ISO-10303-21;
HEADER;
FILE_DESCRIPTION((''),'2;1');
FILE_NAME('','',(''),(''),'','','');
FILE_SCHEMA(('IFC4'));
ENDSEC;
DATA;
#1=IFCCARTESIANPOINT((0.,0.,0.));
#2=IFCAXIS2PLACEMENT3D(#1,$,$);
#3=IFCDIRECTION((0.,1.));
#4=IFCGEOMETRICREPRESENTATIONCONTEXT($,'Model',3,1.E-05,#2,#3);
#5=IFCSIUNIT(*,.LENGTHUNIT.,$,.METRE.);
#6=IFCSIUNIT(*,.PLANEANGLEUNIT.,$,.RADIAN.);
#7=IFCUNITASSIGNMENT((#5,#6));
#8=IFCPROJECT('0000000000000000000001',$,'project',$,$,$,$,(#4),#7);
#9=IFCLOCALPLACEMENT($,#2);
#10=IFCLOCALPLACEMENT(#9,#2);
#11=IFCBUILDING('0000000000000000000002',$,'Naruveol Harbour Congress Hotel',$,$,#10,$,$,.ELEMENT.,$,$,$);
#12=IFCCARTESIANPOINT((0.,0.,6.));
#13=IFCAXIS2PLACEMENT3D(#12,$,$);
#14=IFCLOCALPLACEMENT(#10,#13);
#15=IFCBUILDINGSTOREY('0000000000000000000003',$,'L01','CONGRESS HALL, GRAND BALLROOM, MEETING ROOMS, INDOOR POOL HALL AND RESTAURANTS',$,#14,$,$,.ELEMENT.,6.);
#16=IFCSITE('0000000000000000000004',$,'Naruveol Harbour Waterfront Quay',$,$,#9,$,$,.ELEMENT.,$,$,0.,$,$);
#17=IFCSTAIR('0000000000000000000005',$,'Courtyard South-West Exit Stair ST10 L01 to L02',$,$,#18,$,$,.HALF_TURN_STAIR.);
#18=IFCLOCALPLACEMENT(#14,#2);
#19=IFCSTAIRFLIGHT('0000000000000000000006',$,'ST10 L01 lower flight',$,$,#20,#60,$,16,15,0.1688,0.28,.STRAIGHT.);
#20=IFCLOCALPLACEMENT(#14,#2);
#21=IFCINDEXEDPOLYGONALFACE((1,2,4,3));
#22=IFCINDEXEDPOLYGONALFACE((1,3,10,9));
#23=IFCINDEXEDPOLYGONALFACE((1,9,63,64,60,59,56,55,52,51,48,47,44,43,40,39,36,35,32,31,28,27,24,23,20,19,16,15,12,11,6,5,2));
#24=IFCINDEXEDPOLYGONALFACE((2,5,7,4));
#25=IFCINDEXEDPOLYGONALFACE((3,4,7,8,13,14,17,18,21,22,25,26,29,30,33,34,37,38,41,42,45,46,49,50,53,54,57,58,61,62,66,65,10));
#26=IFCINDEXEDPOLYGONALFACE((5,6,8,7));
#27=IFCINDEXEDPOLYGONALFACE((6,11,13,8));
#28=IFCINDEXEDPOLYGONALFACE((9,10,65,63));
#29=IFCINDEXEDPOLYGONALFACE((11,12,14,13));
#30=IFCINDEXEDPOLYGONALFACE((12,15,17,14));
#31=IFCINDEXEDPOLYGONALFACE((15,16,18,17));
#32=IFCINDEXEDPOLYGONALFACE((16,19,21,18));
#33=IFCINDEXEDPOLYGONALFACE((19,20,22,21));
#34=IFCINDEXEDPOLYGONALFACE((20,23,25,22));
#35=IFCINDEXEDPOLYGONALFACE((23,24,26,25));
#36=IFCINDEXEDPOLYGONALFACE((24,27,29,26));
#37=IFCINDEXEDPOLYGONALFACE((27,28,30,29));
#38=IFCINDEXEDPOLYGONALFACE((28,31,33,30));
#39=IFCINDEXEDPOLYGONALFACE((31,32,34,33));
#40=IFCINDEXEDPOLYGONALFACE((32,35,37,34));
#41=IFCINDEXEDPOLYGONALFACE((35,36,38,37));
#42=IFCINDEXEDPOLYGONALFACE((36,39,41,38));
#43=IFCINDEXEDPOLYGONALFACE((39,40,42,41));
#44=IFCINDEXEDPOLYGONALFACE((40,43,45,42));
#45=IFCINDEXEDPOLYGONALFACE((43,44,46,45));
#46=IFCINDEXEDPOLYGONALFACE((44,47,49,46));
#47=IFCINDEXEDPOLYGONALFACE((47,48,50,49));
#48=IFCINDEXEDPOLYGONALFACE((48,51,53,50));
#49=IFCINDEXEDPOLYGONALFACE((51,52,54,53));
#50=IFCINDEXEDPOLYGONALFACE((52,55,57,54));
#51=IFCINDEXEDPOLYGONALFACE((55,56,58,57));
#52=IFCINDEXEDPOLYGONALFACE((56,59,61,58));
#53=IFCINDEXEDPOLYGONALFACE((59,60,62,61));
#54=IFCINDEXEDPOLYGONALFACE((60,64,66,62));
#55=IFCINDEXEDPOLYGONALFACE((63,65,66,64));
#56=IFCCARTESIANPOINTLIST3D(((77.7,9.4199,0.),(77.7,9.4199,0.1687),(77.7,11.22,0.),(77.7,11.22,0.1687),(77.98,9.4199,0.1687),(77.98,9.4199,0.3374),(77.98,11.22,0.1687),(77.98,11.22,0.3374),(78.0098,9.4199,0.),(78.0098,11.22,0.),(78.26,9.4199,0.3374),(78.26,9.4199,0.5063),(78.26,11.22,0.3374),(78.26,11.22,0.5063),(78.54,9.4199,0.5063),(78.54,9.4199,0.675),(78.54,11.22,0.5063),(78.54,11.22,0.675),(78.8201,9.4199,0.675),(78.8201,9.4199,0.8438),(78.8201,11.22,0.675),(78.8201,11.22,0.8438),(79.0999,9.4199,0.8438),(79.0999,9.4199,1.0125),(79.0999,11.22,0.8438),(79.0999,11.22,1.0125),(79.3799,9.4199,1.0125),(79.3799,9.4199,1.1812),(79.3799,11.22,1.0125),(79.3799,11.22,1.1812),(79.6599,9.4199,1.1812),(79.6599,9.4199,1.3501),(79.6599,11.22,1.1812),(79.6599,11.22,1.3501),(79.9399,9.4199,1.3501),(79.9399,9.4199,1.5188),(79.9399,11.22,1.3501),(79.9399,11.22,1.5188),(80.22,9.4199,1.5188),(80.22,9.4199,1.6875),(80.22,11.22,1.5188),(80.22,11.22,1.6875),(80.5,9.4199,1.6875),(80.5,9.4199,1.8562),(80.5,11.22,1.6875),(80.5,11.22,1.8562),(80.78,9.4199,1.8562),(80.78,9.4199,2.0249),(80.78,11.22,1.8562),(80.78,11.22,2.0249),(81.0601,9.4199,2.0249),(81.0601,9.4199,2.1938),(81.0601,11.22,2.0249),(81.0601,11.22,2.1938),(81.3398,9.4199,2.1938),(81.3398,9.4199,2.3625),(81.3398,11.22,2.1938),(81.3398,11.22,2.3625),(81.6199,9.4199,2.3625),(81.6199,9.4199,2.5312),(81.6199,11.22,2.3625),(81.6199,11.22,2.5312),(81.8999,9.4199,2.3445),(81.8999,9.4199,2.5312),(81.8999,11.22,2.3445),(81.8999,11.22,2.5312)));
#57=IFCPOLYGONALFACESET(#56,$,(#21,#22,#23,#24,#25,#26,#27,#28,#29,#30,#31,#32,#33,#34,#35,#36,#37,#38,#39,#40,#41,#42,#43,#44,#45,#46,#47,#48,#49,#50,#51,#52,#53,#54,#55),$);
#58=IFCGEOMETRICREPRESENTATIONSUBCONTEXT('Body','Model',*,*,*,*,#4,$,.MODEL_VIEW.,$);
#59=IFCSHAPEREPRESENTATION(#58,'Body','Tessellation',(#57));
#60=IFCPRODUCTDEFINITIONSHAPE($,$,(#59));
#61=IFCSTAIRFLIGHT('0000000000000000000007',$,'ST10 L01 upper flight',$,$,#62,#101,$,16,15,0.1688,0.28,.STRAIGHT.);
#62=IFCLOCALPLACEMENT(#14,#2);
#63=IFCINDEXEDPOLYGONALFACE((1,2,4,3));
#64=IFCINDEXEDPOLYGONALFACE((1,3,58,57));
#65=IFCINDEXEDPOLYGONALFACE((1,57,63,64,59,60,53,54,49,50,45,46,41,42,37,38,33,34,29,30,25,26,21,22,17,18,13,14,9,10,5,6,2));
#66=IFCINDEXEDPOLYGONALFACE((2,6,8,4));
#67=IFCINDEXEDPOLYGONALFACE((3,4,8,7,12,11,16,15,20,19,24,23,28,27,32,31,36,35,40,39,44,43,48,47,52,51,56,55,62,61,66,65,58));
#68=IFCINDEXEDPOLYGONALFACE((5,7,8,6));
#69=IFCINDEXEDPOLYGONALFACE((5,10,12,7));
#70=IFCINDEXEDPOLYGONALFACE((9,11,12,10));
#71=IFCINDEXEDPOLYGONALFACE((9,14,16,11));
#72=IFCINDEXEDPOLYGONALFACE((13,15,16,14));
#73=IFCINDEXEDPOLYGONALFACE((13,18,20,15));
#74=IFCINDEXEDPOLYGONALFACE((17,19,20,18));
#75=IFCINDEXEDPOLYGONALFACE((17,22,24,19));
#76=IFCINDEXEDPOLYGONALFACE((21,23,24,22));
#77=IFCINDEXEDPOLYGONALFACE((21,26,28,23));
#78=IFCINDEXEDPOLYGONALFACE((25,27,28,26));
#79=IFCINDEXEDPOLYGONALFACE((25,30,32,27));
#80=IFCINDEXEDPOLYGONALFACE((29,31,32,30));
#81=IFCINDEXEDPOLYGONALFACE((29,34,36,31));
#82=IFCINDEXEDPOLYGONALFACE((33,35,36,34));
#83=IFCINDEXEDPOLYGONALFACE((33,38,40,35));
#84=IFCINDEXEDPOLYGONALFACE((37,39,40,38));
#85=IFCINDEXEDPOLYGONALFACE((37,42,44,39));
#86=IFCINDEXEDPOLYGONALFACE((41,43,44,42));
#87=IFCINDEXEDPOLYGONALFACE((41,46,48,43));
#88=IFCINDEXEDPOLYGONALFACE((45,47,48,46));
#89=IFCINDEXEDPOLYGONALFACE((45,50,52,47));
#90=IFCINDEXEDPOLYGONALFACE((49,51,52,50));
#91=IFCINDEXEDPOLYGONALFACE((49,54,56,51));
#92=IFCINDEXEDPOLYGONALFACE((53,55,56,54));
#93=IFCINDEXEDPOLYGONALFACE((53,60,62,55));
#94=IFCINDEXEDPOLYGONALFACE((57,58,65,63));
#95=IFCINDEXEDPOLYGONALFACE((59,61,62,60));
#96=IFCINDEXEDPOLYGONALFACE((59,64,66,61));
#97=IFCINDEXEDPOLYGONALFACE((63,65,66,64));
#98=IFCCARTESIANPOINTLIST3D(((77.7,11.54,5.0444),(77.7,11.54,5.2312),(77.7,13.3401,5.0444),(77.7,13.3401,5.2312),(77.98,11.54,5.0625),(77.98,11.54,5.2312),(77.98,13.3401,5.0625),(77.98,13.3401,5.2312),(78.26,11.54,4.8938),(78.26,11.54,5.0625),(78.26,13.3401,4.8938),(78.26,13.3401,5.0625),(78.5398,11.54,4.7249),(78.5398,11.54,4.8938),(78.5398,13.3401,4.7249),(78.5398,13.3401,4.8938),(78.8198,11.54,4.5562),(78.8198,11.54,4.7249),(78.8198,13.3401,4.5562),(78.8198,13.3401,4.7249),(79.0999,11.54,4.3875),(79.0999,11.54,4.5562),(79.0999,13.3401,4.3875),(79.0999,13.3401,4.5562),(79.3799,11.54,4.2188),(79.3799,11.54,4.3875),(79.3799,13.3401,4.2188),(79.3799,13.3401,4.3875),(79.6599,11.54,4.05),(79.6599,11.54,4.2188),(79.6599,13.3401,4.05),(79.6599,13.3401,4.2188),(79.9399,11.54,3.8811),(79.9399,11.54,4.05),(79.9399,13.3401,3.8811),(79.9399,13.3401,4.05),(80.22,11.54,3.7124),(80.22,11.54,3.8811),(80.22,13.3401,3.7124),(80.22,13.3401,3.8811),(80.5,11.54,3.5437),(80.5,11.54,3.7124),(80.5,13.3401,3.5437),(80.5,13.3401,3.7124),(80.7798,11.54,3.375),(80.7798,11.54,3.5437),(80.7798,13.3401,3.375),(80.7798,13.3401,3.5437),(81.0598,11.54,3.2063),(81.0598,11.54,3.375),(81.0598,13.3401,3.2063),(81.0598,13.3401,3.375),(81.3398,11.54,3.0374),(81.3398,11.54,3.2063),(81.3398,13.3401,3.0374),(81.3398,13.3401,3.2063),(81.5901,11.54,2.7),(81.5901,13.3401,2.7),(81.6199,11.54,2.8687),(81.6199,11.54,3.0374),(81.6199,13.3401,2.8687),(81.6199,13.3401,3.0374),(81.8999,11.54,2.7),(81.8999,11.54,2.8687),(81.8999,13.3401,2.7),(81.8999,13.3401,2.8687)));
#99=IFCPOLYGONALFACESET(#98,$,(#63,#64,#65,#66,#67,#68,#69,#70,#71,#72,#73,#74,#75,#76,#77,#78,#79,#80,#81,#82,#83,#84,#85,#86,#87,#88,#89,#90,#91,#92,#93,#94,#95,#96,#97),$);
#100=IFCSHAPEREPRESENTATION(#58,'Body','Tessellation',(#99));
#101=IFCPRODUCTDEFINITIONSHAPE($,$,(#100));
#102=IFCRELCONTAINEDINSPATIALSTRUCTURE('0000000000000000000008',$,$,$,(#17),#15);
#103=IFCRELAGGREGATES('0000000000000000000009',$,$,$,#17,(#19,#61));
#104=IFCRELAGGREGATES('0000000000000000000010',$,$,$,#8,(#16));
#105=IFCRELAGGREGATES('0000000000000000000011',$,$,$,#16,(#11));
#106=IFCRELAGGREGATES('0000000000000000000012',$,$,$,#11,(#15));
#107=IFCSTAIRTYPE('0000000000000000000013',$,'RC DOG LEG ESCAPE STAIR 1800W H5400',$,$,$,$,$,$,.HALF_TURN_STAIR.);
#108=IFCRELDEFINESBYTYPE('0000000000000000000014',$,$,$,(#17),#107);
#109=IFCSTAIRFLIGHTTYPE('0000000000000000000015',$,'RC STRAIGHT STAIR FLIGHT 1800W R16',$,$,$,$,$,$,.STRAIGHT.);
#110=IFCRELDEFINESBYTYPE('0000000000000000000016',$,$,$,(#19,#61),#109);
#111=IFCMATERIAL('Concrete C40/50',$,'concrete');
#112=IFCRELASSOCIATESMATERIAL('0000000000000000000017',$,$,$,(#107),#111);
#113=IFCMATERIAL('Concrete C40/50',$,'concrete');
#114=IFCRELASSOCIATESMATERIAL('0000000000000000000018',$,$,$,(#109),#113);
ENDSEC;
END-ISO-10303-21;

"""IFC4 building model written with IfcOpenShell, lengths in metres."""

from ifc_helpers import new_model, si_unit, direction, frame, origin, place, context, subcontext, project, spatial, polyline, outline, extrude, material, type_object, element, aggregate, save


model = new_model("IFC4")

# Units and contexts
model_context = context("Model", 3, precision=1e-05, world=origin(), true_north=direction((0.0, 1.0)))
body_context = subcontext(model_context, "Body", "Model", "MODEL_VIEW")
ifc_project = project(units=[si_unit("LENGTHUNIT", "METRE"), si_unit("PLANEANGLEUNIT", "RADIAN")], contexts=[model_context])

# Site, building, storey
site_placement = place(None, origin())
site = spatial("IfcSite", under=ifc_project, at=site_placement, Name="Naruveol Harbour Waterfront Quay", CompositionType="ELEMENT", RefElevation=0.0)
building_placement = place(site_placement, origin())
building = spatial("IfcBuilding", under=site, at=building_placement, Name="Naruveol Harbour Congress Hotel", CompositionType="ELEMENT")
storey_placement = place(building_placement, frame((0.0, 0.0, 6.0)))
storey = spatial("IfcBuildingStorey", under=building, at=storey_placement, Name="L01", Description="CONGRESS HALL, GRAND BALLROOM, MEETING ROOMS, INDOOR POOL HALL AND RESTAURANTS", CompositionType="ELEMENT", Elevation=6.0)

# Stair, stair flights
ifc_material_1 = material(Name="Concrete C40/50", Category="concrete")
stair_type = type_object("IfcStairType", Name="RC DOG LEG ESCAPE STAIR 1800W H5400", PredefinedType="HALF_TURN_STAIR", material=ifc_material_1)
stair_placement = place(storey_placement, origin())
stair = element("IfcStair", 1, at=stair_placement, inside=storey, type_object=stair_type, Name="Courtyard South-West Exit Stair ST10 L01 to L02", PredefinedType="HALF_TURN_STAIR")
ifc_material_2 = material(Name="Concrete C40/50", Category="concrete")
stair_flight_type = type_object("IfcStairFlightType", Name="RC STRAIGHT STAIR FLIGHT 1800W R16", PredefinedType="STRAIGHT", material=ifc_material_2)
stair_flight_1_placement = place(storey_placement, frame((77.7, 10.3201, 0.0), z_axis=(0.0, 0.0, 1.0), x_axis=(1.0, 0.0, 0.0)))
stair_flight_1 = element("IfcStairFlight", 2, at=stair_flight_1_placement, type_object=stair_flight_type, Name="ST10 L01 lower flight", NumberOfRisers=16, NumberOfTreads=15, PredefinedType="STRAIGHT", RiserHeight=0.1688, TreadLength=0.28, context=body_context, shape_type="SweptSolid", body=[
    extrude(outline(polyline([(0.0, 0.0), (0.0, 0.1687), (0.28, 0.1687), (0.28, 0.3374), (0.5601, 0.3374), (0.5601, 0.5063), (0.8401, 0.5063), (0.8401, 0.675), (1.1201, 0.675), (1.1201, 0.8438), (1.3999, 0.8438), (1.3999, 1.0125), (1.6799, 1.0125), (1.6799, 1.1812), (1.96, 1.1812), (1.96, 1.3501), (2.24, 1.3501), (2.24, 1.5188), (2.52, 1.5188), (2.52, 1.6875), (2.8, 1.6875), (2.8, 1.8562), (3.0801, 1.8562), (3.0801, 2.0249), (3.3601, 2.0249), (3.3601, 2.1938), (3.6399, 2.1938), (3.6399, 2.3625), (3.9199, 2.3625), (3.9199, 2.5312), (4.2, 2.5312), (4.2, 2.7), (4.2, 2.3445), (0.3098, 0.0), (0.0, 0.0)])), frame((0.0, 0.8999, 0.0), z_axis=(0.0, -1.0, 0.0), x_axis=(1.0, 0.0, 0.0)), (0.0, 0.0, 1.0), 1.8),
])
stair_flight_2_placement = place(storey_placement, frame((81.8999, 12.4399, 2.7), z_axis=(0.0, 0.0, 1.0), x_axis=(-1.0, 0.0, 0.0)))
stair_flight_2 = element("IfcStairFlight", 3, at=stair_flight_2_placement, type_object=stair_flight_type, Name="ST10 L01 upper flight", NumberOfRisers=16, NumberOfTreads=15, PredefinedType="STRAIGHT", RiserHeight=0.1688, TreadLength=0.28, context=body_context, shape_type="SweptSolid", body=[
    extrude(outline(polyline([(0.0, 0.0), (0.0, 0.1687), (0.28, 0.1687), (0.28, 0.3374), (0.5601, 0.3374), (0.5601, 0.5063), (0.8401, 0.5063), (0.8401, 0.675), (1.1201, 0.675), (1.1201, 0.8438), (1.3999, 0.8438), (1.3999, 1.0125), (1.6799, 1.0125), (1.6799, 1.1812), (1.96, 1.1812), (1.96, 1.3501), (2.24, 1.3501), (2.24, 1.5188), (2.52, 1.5188), (2.52, 1.6875), (2.8, 1.6875), (2.8, 1.8562), (3.0801, 1.8562), (3.0801, 2.0249), (3.3601, 2.0249), (3.3601, 2.1938), (3.6399, 2.1938), (3.6399, 2.3625), (3.9199, 2.3625), (3.9199, 2.5312), (4.2, 2.5312), (4.2, 2.7), (4.2, 2.3445), (0.3098, 0.0), (0.0, 0.0)])), frame((0.0, 0.8999, 0.0), z_axis=(0.0, -1.0, 0.0), x_axis=(1.0, 0.0, 0.0)), (0.0, 0.0, 1.0), 1.8),
])
aggregate(stair, [stair_flight_1, stair_flight_2])

save(model, "model.ifc")
